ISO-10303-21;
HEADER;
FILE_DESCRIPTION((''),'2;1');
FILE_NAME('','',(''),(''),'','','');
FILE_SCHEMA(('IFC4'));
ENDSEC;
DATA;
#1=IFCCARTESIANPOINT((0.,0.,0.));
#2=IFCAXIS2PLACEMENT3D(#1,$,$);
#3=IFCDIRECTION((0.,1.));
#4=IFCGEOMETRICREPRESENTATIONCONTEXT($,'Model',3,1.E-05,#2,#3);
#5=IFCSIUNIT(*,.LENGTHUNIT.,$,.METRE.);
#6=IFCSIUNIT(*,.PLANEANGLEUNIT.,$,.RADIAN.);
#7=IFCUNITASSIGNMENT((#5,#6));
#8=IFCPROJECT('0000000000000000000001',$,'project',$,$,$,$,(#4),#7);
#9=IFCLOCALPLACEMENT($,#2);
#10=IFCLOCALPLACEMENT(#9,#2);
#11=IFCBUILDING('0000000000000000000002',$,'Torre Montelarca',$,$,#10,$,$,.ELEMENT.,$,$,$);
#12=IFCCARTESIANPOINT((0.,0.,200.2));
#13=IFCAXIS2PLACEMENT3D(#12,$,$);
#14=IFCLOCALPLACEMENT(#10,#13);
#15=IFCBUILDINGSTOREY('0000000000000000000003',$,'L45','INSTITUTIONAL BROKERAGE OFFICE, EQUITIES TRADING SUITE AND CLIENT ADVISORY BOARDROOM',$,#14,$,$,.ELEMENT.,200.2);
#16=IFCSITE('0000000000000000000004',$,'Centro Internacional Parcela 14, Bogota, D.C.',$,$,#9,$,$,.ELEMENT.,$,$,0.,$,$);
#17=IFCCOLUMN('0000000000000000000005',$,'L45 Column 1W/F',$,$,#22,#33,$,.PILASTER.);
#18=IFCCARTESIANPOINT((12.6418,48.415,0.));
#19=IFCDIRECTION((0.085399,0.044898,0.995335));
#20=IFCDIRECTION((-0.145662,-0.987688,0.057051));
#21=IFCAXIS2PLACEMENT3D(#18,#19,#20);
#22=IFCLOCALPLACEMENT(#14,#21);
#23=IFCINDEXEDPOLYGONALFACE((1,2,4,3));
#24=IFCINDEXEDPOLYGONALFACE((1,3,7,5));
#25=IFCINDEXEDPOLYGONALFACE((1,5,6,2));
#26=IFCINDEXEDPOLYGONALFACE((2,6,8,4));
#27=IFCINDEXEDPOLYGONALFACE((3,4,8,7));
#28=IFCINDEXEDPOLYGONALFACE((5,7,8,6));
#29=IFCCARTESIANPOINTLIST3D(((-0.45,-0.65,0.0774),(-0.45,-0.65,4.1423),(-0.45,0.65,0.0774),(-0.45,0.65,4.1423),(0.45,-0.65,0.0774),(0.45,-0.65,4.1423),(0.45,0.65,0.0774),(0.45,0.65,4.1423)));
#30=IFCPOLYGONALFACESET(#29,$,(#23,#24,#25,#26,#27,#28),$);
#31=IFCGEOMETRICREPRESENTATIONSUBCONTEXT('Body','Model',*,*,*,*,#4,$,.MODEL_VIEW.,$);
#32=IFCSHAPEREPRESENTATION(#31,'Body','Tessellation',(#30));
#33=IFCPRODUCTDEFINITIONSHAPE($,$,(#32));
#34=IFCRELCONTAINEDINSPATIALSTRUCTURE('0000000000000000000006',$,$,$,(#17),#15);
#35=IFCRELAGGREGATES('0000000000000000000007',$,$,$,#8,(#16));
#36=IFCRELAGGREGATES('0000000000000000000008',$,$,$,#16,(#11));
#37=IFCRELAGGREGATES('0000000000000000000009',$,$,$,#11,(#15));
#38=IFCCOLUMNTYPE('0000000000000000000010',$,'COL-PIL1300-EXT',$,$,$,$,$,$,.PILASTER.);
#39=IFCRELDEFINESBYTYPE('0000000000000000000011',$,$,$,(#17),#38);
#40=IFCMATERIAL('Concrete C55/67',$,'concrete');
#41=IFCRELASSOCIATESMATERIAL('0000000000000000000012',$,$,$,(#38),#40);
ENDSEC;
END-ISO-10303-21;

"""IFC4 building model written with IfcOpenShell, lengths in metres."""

from ifc_helpers import new_model, si_unit, direction, frame, origin, origin_2d, place, context, subcontext, project, spatial, rectangle, extrude, clip, halfspace, material, material_profile, profile_set, type_object, element, save


model = new_model("IFC4")

# Units and contexts
model_context = context("Model", 3, precision=1e-05, world=origin(), true_north=direction((0.0, 1.0)))
body_context = subcontext(model_context, "Body", "Model", "MODEL_VIEW")
ifc_project = project(units=[si_unit("LENGTHUNIT", "METRE"), si_unit("PLANEANGLEUNIT", "RADIAN")], contexts=[model_context])

# Site, building, storey
site_placement = place(None, origin())
site = spatial("IfcSite", under=ifc_project, at=site_placement, Name="Centro Internacional Parcela 14, Bogota, D.C.", CompositionType="ELEMENT", RefElevation=0.0)
building_placement = place(site_placement, origin())
building = spatial("IfcBuilding", under=site, at=building_placement, Name="Torre Montelarca", CompositionType="ELEMENT")
storey_placement = place(building_placement, frame((0.0, 0.0, 200.2)))
storey = spatial("IfcBuildingStorey", under=building, at=storey_placement, Name="L45", Description="INSTITUTIONAL BROKERAGE OFFICE, EQUITIES TRADING SUITE AND CLIENT ADVISORY BOARDROOM", CompositionType="ELEMENT", Elevation=200.2)

# Column
ifc_material_1 = material(Name="Concrete C55/67", Category="concrete")
ifc_material_profile_1 = material_profile(ifc_material_1, rectangle(XDim=0.8999, YDim=1.3, at=origin_2d()), Name="RC1300X900", Category="concrete")
ifc_profile_set_1 = profile_set([ifc_material_profile_1], Name="Concrete C55/67")
column_type = type_object("IfcColumnType", Name="COL-PIL1300-EXT", PredefinedType="PILASTER", material=ifc_profile_set_1)
column_placement = place(storey_placement, frame((12.6418, 48.415, 0.0), z_axis=(0.085399, 0.044898, 0.995335), x_axis=(-0.145662, -0.987688, 0.057051)))
element("IfcColumn", 1, at=column_placement, inside=storey, type_object=column_type, Name="L45 Column 1W/F", PredefinedType="PILASTER", context=body_context, shape_type="Clipping", body=[
    clip(clip(extrude(rectangle(XDim=0.8999, YDim=1.3, at=origin_2d()), origin(), (0.0, 0.0, 1.0), 4.2197), halfspace(frame((0.0, 0.0, 0.0774), z_axis=(0.0, 0.0, -1.0), x_axis=(1.0, 0.0, 0.0)), False)), halfspace(frame((0.0, 0.0, 4.1423), z_axis=(0.0, 0.0, 1.0), x_axis=(1.0, 0.0, 0.0)), False)),
])

save(model, "model.ifc")
